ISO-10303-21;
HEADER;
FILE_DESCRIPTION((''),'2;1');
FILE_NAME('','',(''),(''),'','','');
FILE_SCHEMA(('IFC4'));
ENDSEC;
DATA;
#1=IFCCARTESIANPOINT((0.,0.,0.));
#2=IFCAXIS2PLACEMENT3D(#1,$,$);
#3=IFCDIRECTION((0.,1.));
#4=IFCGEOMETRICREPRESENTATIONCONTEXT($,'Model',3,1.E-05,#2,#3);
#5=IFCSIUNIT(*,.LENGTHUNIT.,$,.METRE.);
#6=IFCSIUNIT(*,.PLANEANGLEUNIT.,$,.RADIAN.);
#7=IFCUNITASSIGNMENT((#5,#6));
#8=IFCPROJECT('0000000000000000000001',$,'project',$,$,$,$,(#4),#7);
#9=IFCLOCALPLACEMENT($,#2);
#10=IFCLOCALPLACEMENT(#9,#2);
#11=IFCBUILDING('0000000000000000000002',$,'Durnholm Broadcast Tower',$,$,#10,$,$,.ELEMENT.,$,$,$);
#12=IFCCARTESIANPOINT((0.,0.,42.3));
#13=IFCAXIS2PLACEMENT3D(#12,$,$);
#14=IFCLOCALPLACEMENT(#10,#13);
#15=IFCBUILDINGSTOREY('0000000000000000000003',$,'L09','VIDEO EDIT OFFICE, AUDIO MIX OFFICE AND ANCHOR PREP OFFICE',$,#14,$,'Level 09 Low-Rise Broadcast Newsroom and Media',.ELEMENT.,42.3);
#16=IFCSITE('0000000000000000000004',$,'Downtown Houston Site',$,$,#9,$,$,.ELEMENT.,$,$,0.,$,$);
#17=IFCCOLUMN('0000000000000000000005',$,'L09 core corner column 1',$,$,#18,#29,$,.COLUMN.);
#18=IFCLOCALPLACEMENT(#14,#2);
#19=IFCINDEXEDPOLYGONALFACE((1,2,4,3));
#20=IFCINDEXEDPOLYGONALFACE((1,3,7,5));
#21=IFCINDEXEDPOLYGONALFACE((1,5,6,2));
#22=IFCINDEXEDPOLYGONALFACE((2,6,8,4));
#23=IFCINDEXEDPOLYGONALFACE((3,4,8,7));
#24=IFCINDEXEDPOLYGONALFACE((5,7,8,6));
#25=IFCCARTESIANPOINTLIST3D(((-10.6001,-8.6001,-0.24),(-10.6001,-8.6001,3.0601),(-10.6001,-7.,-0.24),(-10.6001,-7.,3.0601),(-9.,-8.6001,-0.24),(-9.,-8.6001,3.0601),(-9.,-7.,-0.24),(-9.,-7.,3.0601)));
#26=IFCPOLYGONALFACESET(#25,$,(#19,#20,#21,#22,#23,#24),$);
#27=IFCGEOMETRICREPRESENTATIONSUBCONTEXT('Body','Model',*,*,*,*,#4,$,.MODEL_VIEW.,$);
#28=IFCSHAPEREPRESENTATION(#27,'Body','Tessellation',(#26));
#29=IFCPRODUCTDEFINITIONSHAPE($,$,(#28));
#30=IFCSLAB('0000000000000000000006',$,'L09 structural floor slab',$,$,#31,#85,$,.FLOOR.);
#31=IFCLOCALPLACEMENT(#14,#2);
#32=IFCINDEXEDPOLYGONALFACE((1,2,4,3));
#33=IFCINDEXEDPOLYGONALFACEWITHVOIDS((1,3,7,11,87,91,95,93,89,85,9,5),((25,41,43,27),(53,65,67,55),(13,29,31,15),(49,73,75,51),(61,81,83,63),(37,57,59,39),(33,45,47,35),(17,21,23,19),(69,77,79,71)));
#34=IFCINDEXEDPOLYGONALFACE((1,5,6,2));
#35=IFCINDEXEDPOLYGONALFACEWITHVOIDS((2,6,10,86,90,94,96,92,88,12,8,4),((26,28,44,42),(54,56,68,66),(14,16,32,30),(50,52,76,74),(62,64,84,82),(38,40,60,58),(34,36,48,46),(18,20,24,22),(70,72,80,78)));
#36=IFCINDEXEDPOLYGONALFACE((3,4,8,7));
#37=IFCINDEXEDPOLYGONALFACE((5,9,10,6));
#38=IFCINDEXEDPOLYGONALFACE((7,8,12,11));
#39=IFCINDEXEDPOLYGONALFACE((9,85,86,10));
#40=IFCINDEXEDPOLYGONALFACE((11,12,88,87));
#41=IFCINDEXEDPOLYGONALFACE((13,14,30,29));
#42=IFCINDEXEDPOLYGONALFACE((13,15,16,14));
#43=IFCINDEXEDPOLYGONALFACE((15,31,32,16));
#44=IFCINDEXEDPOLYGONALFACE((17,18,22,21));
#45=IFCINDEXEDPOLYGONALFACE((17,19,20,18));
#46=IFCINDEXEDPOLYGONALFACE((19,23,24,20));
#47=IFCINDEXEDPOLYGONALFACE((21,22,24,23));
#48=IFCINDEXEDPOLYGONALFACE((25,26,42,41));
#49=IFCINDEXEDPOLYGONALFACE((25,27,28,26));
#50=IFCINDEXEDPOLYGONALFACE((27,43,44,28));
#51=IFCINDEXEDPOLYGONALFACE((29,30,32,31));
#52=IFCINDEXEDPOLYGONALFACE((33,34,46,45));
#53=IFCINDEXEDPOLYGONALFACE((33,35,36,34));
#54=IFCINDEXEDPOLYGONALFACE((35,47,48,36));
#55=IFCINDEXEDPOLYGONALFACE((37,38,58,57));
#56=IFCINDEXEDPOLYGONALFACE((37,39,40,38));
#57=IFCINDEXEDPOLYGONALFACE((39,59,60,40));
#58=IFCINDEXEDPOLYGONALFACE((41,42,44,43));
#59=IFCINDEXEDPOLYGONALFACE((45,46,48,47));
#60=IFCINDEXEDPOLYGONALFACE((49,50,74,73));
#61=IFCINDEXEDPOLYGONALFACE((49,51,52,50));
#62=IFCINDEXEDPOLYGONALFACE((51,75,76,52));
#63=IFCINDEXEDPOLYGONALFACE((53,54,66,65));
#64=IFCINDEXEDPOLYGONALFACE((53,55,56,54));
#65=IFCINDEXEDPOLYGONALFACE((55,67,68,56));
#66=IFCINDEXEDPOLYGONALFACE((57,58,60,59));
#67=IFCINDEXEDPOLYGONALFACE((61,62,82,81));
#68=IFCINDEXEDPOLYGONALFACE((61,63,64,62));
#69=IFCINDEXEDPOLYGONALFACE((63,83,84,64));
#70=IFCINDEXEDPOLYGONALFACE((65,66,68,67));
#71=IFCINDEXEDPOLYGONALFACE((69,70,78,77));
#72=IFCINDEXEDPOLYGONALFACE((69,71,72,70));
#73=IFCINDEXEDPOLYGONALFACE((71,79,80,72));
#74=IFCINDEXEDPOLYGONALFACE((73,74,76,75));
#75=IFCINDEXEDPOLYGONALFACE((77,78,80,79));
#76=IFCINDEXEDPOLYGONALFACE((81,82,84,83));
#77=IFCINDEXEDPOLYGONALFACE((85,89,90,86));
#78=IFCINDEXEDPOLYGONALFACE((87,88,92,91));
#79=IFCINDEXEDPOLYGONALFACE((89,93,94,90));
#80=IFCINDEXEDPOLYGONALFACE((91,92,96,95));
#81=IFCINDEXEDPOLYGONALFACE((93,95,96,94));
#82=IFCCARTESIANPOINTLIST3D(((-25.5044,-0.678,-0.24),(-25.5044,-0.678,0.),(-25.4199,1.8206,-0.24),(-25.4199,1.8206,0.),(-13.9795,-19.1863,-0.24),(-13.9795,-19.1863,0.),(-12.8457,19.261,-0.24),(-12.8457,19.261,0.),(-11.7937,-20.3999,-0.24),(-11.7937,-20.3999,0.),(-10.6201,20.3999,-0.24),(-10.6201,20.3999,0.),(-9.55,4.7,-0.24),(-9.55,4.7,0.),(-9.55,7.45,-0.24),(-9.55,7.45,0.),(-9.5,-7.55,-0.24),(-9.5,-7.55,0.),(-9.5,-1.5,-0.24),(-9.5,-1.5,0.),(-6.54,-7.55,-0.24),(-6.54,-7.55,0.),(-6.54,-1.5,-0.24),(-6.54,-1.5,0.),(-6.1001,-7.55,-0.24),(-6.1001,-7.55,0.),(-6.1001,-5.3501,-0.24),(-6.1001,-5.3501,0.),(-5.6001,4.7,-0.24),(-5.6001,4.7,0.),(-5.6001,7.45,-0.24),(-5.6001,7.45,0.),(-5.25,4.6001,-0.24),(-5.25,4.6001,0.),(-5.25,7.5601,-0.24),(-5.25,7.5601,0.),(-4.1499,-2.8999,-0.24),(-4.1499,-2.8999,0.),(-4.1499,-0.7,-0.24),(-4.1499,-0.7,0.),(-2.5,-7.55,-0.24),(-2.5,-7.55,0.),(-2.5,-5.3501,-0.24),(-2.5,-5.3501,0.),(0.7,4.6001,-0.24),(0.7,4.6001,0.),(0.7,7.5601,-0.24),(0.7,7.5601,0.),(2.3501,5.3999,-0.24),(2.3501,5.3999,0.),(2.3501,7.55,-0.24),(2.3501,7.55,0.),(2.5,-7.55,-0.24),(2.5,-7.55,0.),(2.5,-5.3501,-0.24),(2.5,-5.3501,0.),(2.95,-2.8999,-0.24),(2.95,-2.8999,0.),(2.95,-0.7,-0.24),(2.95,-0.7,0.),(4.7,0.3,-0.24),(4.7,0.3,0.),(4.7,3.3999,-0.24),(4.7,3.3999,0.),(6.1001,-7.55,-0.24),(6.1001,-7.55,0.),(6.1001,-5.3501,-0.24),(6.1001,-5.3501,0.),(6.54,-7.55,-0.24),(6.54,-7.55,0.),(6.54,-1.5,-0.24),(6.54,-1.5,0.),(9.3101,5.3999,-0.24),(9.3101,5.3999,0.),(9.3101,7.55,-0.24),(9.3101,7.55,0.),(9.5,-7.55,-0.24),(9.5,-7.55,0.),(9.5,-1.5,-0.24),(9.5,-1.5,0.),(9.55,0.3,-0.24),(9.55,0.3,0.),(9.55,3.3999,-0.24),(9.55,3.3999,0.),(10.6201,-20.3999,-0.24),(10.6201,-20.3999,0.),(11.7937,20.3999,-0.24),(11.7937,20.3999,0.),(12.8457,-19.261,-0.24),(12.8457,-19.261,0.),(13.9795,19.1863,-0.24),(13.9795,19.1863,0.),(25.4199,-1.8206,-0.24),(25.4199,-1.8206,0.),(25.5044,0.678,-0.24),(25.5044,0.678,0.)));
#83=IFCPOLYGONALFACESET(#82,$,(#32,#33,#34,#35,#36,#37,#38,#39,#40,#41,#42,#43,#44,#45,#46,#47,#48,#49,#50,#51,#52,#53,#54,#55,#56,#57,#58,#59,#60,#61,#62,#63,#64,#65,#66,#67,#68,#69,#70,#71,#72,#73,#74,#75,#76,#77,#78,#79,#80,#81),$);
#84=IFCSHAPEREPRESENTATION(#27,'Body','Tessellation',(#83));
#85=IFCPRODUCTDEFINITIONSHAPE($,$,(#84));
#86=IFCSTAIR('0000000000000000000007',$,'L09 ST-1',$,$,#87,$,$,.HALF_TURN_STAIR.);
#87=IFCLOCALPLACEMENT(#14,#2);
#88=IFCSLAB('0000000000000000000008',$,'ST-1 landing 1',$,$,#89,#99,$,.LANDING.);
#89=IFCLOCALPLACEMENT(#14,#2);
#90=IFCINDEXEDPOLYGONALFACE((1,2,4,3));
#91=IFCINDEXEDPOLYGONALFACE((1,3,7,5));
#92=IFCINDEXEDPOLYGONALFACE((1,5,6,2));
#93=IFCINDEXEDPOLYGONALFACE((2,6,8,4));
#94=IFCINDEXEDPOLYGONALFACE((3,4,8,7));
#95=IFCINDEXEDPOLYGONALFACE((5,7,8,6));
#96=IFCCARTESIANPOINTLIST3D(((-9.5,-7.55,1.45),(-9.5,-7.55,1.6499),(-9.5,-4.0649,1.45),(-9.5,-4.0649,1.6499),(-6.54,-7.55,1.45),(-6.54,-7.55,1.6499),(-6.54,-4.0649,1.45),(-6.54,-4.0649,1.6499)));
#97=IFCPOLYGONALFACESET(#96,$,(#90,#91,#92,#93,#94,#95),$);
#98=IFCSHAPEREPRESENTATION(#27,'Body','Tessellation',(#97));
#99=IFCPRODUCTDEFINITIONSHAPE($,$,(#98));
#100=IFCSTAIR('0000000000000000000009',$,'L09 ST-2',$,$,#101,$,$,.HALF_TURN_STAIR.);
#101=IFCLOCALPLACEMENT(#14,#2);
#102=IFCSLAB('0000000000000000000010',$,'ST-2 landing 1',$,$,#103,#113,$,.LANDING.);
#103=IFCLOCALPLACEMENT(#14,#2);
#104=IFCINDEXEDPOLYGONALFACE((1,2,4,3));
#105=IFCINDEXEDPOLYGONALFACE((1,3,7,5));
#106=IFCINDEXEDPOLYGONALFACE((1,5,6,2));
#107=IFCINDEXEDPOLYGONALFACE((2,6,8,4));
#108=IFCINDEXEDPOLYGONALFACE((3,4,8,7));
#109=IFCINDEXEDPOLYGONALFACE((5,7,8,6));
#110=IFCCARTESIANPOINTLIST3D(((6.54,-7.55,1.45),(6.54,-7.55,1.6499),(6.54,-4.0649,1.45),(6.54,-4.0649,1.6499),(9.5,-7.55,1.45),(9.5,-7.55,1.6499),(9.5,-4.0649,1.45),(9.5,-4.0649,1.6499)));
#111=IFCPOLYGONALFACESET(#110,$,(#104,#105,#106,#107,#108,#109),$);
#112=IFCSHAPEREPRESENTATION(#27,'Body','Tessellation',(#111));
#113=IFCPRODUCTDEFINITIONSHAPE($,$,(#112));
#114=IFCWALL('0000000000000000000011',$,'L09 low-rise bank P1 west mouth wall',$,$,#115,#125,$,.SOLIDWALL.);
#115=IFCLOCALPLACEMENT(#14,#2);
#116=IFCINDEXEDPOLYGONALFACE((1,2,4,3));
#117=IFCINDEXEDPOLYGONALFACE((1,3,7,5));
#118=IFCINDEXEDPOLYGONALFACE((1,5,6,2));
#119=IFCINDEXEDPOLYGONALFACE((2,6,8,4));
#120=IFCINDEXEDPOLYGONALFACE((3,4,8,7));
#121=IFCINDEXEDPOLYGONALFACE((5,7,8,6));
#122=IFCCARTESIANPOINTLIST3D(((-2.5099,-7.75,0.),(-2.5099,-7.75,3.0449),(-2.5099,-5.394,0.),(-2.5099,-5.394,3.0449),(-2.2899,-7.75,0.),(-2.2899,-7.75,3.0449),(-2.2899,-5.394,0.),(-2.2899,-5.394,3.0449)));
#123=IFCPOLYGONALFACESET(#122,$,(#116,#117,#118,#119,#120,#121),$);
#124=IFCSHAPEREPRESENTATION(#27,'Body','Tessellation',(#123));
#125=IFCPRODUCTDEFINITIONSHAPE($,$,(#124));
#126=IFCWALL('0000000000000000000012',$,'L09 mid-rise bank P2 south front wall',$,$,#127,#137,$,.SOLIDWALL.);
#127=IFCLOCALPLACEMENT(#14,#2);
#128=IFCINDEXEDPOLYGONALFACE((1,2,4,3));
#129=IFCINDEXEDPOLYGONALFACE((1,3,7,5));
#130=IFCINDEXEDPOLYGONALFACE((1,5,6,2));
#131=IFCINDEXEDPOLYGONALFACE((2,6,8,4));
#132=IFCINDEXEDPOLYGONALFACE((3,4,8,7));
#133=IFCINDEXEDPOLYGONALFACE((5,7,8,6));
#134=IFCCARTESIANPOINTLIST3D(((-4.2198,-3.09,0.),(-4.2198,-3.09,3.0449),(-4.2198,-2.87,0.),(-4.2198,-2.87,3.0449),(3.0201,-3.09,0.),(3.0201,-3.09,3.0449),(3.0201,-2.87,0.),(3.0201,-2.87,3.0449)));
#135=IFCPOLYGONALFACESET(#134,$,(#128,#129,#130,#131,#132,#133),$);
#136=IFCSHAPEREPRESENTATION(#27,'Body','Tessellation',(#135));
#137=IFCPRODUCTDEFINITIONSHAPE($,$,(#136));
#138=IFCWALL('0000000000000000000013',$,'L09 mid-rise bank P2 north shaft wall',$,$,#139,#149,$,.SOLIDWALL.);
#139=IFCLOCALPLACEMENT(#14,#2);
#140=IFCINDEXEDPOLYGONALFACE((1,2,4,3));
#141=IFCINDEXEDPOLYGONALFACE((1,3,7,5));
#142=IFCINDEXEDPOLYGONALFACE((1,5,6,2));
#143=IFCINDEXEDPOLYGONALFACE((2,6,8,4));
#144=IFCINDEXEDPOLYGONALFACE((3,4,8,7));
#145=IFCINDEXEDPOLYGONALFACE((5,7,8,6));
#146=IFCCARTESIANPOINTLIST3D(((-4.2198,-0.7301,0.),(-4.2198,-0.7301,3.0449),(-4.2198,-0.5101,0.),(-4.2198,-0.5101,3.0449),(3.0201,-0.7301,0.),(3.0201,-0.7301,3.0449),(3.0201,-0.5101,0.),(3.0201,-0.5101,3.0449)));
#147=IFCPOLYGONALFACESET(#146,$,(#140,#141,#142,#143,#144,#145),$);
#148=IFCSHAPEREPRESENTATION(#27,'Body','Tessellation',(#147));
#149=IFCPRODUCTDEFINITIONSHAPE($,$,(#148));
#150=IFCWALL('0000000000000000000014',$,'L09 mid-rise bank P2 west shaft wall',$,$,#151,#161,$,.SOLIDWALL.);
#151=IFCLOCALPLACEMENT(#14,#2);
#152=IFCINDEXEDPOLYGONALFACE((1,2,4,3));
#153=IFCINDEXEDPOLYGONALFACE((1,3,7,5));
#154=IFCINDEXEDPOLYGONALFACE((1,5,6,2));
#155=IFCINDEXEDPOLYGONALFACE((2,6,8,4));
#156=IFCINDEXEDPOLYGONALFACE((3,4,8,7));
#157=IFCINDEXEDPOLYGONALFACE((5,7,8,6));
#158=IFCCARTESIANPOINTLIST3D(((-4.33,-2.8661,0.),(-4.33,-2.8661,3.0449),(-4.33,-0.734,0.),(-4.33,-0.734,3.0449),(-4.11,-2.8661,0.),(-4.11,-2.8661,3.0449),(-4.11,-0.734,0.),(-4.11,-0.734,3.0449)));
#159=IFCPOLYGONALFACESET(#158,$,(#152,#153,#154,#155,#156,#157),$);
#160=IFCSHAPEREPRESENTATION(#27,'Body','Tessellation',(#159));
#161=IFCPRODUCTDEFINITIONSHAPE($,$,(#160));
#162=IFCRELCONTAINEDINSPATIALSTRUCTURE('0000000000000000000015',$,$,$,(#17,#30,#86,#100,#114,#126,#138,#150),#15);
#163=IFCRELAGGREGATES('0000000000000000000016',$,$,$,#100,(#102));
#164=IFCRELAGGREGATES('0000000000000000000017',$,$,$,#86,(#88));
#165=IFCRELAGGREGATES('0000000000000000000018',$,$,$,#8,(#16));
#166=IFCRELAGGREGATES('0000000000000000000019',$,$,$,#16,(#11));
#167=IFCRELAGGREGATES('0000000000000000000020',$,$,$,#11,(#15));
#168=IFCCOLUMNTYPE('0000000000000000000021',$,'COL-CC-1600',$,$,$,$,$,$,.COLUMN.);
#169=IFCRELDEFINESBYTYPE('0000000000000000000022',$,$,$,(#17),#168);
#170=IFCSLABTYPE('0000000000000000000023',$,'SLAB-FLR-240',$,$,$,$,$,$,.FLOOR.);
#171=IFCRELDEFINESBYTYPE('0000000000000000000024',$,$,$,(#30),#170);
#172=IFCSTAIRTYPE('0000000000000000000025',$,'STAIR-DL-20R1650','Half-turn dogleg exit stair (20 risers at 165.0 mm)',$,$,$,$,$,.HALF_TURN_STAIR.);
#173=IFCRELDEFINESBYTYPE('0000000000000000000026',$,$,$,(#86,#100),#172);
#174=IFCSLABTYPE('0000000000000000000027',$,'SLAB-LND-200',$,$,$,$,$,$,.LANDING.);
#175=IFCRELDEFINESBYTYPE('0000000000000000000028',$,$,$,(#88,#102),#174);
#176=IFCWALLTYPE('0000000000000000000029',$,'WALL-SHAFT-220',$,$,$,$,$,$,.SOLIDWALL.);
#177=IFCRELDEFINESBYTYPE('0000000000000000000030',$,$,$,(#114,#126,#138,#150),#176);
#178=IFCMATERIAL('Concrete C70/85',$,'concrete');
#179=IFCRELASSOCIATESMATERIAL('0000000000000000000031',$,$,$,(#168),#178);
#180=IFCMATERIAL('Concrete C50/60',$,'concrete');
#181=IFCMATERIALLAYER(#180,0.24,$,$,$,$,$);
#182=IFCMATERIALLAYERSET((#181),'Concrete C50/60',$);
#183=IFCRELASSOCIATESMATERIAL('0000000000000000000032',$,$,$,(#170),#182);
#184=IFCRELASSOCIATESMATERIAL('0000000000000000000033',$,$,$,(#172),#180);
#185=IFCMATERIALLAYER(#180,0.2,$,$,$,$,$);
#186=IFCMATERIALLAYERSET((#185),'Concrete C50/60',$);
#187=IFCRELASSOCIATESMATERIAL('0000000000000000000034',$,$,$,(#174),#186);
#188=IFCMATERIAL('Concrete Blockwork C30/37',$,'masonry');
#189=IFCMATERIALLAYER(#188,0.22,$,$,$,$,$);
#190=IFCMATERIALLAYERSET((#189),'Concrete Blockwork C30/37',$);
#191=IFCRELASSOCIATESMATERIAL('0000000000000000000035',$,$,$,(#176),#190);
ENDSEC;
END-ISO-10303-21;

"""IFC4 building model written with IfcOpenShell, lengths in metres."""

from ifc_helpers import new_model, si_unit, direction, frame, frame_2d, origin, origin_2d, place, context, subcontext, project, spatial, polyline, rectangle, outline, extrude, source, transform, mapped, material, layer, layer_set, material_profile, profile_set, type_object, type_shapes, element, aggregate, save


model = new_model("IFC4")

# Units and contexts
model_context = context("Model", 3, precision=1e-05, world=origin(), true_north=direction((0.0, 1.0)))
body_context = subcontext(model_context, "Body", "Model", "MODEL_VIEW")
ifc_project = project(units=[si_unit("LENGTHUNIT", "METRE"), si_unit("PLANEANGLEUNIT", "RADIAN")], contexts=[model_context])

# Site, building, storey
site_placement = place(None, origin())
site = spatial("IfcSite", under=ifc_project, at=site_placement, Name="Downtown Houston Site", CompositionType="ELEMENT", RefElevation=0.0)
building_placement = place(site_placement, origin())
building = spatial("IfcBuilding", under=site, at=building_placement, Name="Durnholm Broadcast Tower", CompositionType="ELEMENT")
storey_placement = place(building_placement, frame((0.0, 0.0, 42.3)))
storey = spatial("IfcBuildingStorey", under=building, at=storey_placement, Name="L09", Description="VIDEO EDIT OFFICE, AUDIO MIX OFFICE AND ANCHOR PREP OFFICE", LongName="Level 09 Low-Rise Broadcast Newsroom and Media", CompositionType="ELEMENT", Elevation=42.3)

# Column
ifc_material_1 = material(Name="Concrete C70/85", Category="concrete")
ifc_material_profile = material_profile(ifc_material_1, rectangle(XDim=1.6001, YDim=1.6001, at=origin_2d()), Name="RC1600X1600")
ifc_profile_set = profile_set([ifc_material_profile], Name="Concrete C70/85")
column_type = type_object("IfcColumnType", Name="COL-CC-1600", PredefinedType="COLUMN", material=ifc_profile_set)
shared_shape_1 = source(origin(), body_context, "Body", "SweptSolid", [
    extrude(rectangle(XDim=1.6001, YDim=1.6001, at=origin_2d()), origin(), (0.0, 0.0, 1.0), 3.3),
])
type_shapes(column_type, [shared_shape_1])
column_placement = place(storey_placement, frame((-9.8, -7.8, -0.24), z_axis=(0.0, 0.0, 1.0), x_axis=(1.0, 0.0, 0.0)))
element("IfcColumn", 1, at=column_placement, inside=storey, type_object=column_type, Name="L09 core corner column 1", PredefinedType="COLUMN", context=body_context, shape_type="MappedRepresentation", body=[
    mapped(shared_shape_1, transform((0.0, 0.0, 0.0), x_axis=(1.0, 0.0, 0.0), y_axis=(0.0, 1.0, 0.0), z_axis=(0.0, 0.0, 1.0), scale=1.0)),
])

# Slab
ifc_material_2 = material(Name="Concrete C50/60", Category="concrete")
ifc_layer_1 = layer(ifc_material_2, 0.24)
ifc_layer_set_1 = layer_set([ifc_layer_1], Name="Concrete C50/60")
slab_type_1 = type_object("IfcSlabType", Name="SLAB-FLR-240", PredefinedType="FLOOR", material=ifc_layer_set_1)
slab_1_placement = place(storey_placement, frame((0.0, 0.0, -0.24)))
element("IfcSlab", 2, at=slab_1_placement, inside=storey, type_object=slab_type_1, Name="L09 structural floor slab", PredefinedType="FLOOR", context=body_context, shape_type="SweptSolid", body=[
    extrude(outline(polyline([(-13.9795, -19.1863), (-11.7937, -20.3999), (10.6201, -20.3999), (12.8457, -19.261), (25.4199, -1.8206), (25.5044, 0.678), (13.9795, 19.1863), (11.7937, 20.3999), (-10.6201, 20.3999), (-12.8457, 19.261), (-25.4199, 1.8206), (-25.5044, -0.678), (-13.9795, -19.1863)]), holes=[polyline([(-2.5, -5.3501), (-6.1001, -5.3501), (-6.1001, -7.55), (-2.5, -7.55), (-2.5, -5.3501)]), polyline([(6.1001, -5.3501), (2.5, -5.3501), (2.5, -7.55), (6.1001, -7.55), (6.1001, -5.3501)]), polyline([(-6.54, -7.55), (-6.54, -1.5), (-9.5, -1.5), (-9.5, -7.55), (-6.54, -7.55)]), polyline([(9.5, -7.55), (9.5, -1.5), (6.54, -1.5), (6.54, -7.55), (9.5, -7.55)]), polyline([(2.95, -0.7), (-4.1499, -0.7), (-4.1499, -2.8999), (2.95, -2.8999), (2.95, -0.7)]), polyline([(9.55, 3.3999), (4.7, 3.3999), (4.7, 0.3), (9.55, 0.3), (9.55, 3.3999)]), polyline([(-5.6001, 7.45), (-9.55, 7.45), (-9.55, 4.7), (-5.6001, 4.7), (-5.6001, 7.45)]), polyline([(-5.25, 7.5601), (-5.25, 4.6001), (0.7, 4.6001), (0.7, 7.5601), (-5.25, 7.5601)]), polyline([(9.3101, 5.3999), (9.3101, 7.55), (2.3501, 7.55), (2.3501, 5.3999), (9.3101, 5.3999)])]), origin(), (0.0, 0.0, 1.0), 0.24),
])

# Stairs, slabs
stair_type = type_object("IfcStairType", Name="STAIR-DL-20R1650", Description="Half-turn dogleg exit stair (20 risers at 165.0 mm)", PredefinedType="HALF_TURN_STAIR", material=ifc_material_2)
stair_1_placement = place(storey_placement, origin())
stair_1 = element("IfcStair", 3, at=stair_1_placement, inside=storey, type_object=stair_type, Name="L09 ST-1", PredefinedType="HALF_TURN_STAIR")
ifc_layer_2 = layer(ifc_material_2, 0.2)
ifc_layer_set_2 = layer_set([ifc_layer_2], Name="Concrete C50/60")
slab_type_2 = type_object("IfcSlabType", Name="SLAB-LND-200", PredefinedType="LANDING", material=ifc_layer_set_2)
slab_2_placement = place(storey_placement, frame((0.0, 0.0, 1.45)))
slab_2 = element("IfcSlab", 4, at=slab_2_placement, type_object=slab_type_2, Name="ST-1 landing 1", PredefinedType="LANDING", context=body_context, shape_type="SweptSolid", body=[
    extrude(outline(polyline([(-9.5, -4.0649), (-9.5, -7.55), (-6.54, -7.55), (-6.54, -4.0649), (-9.5, -4.0649)])), origin(), (0.0, 0.0, 1.0), 0.2),
])
stair_2_placement = place(storey_placement, origin())
stair_2 = element("IfcStair", 5, at=stair_2_placement, inside=storey, type_object=stair_type, Name="L09 ST-2", PredefinedType="HALF_TURN_STAIR")
slab_3_placement = place(storey_placement, frame((0.0, 0.0, 1.45)))
slab_3 = element("IfcSlab", 6, at=slab_3_placement, type_object=slab_type_2, Name="ST-2 landing 1", PredefinedType="LANDING", context=body_context, shape_type="SweptSolid", body=[
    extrude(outline(polyline([(6.54, -4.0649), (6.54, -7.55), (9.5, -7.55), (9.5, -4.0649), (6.54, -4.0649)])), origin(), (0.0, 0.0, 1.0), 0.2),
])
aggregate(stair_2, [slab_3])

# Shared definitions
ifc_material_3 = material(Name="Concrete Blockwork C30/37", Category="masonry")
ifc_layer_3 = layer(ifc_material_3, 0.22)
ifc_layer_set_3 = layer_set([ifc_layer_3], Name="Concrete Blockwork C30/37")
wall_type_1 = type_object("IfcWallType", Name="WALL-SHAFT-220", PredefinedType="SOLIDWALL", material=ifc_layer_set_3)

# Walls
wall_1_placement = place(storey_placement, frame((-2.3999, -7.75, 0.0), z_axis=(0.0, 0.0, 1.0), x_axis=(0.0, 1.0, 0.0)))
element("IfcWall", 7, at=wall_1_placement, inside=storey, type_object=wall_type_1, Name="L09 low-rise bank P1 west mouth wall", PredefinedType="SOLIDWALL", context=body_context, shape_type="SweptSolid", body=[
    extrude(rectangle(XDim=2.356, YDim=0.22, at=frame_2d((1.178, 0.0))), origin(), (0.0, 0.0, 1.0), 3.0449),
])
for number, where, z_axis, x_axis, name in (
    (8, (-4.22, -2.98, 0.0), (0.0, 0.0, 1.0), (1.0, 0.0, 0.0), "L09 mid-rise bank P2 south front wall"),
    (9, (-4.22, -0.6201, 0.0), (0.0, 0.0, 1.0), (1.0, 0.0, 0.0), "L09 mid-rise bank P2 north shaft wall"),
):
    element("IfcWall", number, at=place(storey_placement, frame(where, z_axis=z_axis, x_axis=x_axis)), inside=storey, type_object=wall_type_1, Name=name, PredefinedType="SOLIDWALL", context=body_context, shape_type="SweptSolid", body=[
        extrude(rectangle(XDim=7.24, YDim=0.22, at=frame_2d((3.6201, 0.0))), origin(), (0.0, 0.0, 1.0), 3.0449),
    ])
wall_2_placement = place(storey_placement, frame((-4.22, -2.866, 0.0), z_axis=(0.0, 0.0, 1.0), x_axis=(0.0, 1.0, 0.0)))
element("IfcWall", 10, at=wall_2_placement, inside=storey, type_object=wall_type_1, Name="L09 mid-rise bank P2 west shaft wall", PredefinedType="SOLIDWALL", context=body_context, shape_type="SweptSolid", body=[
    extrude(rectangle(XDim=2.1321, YDim=0.22, at=frame_2d((1.0659, 0.0))), origin(), (0.0, 0.0, 1.0), 3.0449),
])

aggregate(stair_1, [slab_2])

save(model, "model.ifc")
